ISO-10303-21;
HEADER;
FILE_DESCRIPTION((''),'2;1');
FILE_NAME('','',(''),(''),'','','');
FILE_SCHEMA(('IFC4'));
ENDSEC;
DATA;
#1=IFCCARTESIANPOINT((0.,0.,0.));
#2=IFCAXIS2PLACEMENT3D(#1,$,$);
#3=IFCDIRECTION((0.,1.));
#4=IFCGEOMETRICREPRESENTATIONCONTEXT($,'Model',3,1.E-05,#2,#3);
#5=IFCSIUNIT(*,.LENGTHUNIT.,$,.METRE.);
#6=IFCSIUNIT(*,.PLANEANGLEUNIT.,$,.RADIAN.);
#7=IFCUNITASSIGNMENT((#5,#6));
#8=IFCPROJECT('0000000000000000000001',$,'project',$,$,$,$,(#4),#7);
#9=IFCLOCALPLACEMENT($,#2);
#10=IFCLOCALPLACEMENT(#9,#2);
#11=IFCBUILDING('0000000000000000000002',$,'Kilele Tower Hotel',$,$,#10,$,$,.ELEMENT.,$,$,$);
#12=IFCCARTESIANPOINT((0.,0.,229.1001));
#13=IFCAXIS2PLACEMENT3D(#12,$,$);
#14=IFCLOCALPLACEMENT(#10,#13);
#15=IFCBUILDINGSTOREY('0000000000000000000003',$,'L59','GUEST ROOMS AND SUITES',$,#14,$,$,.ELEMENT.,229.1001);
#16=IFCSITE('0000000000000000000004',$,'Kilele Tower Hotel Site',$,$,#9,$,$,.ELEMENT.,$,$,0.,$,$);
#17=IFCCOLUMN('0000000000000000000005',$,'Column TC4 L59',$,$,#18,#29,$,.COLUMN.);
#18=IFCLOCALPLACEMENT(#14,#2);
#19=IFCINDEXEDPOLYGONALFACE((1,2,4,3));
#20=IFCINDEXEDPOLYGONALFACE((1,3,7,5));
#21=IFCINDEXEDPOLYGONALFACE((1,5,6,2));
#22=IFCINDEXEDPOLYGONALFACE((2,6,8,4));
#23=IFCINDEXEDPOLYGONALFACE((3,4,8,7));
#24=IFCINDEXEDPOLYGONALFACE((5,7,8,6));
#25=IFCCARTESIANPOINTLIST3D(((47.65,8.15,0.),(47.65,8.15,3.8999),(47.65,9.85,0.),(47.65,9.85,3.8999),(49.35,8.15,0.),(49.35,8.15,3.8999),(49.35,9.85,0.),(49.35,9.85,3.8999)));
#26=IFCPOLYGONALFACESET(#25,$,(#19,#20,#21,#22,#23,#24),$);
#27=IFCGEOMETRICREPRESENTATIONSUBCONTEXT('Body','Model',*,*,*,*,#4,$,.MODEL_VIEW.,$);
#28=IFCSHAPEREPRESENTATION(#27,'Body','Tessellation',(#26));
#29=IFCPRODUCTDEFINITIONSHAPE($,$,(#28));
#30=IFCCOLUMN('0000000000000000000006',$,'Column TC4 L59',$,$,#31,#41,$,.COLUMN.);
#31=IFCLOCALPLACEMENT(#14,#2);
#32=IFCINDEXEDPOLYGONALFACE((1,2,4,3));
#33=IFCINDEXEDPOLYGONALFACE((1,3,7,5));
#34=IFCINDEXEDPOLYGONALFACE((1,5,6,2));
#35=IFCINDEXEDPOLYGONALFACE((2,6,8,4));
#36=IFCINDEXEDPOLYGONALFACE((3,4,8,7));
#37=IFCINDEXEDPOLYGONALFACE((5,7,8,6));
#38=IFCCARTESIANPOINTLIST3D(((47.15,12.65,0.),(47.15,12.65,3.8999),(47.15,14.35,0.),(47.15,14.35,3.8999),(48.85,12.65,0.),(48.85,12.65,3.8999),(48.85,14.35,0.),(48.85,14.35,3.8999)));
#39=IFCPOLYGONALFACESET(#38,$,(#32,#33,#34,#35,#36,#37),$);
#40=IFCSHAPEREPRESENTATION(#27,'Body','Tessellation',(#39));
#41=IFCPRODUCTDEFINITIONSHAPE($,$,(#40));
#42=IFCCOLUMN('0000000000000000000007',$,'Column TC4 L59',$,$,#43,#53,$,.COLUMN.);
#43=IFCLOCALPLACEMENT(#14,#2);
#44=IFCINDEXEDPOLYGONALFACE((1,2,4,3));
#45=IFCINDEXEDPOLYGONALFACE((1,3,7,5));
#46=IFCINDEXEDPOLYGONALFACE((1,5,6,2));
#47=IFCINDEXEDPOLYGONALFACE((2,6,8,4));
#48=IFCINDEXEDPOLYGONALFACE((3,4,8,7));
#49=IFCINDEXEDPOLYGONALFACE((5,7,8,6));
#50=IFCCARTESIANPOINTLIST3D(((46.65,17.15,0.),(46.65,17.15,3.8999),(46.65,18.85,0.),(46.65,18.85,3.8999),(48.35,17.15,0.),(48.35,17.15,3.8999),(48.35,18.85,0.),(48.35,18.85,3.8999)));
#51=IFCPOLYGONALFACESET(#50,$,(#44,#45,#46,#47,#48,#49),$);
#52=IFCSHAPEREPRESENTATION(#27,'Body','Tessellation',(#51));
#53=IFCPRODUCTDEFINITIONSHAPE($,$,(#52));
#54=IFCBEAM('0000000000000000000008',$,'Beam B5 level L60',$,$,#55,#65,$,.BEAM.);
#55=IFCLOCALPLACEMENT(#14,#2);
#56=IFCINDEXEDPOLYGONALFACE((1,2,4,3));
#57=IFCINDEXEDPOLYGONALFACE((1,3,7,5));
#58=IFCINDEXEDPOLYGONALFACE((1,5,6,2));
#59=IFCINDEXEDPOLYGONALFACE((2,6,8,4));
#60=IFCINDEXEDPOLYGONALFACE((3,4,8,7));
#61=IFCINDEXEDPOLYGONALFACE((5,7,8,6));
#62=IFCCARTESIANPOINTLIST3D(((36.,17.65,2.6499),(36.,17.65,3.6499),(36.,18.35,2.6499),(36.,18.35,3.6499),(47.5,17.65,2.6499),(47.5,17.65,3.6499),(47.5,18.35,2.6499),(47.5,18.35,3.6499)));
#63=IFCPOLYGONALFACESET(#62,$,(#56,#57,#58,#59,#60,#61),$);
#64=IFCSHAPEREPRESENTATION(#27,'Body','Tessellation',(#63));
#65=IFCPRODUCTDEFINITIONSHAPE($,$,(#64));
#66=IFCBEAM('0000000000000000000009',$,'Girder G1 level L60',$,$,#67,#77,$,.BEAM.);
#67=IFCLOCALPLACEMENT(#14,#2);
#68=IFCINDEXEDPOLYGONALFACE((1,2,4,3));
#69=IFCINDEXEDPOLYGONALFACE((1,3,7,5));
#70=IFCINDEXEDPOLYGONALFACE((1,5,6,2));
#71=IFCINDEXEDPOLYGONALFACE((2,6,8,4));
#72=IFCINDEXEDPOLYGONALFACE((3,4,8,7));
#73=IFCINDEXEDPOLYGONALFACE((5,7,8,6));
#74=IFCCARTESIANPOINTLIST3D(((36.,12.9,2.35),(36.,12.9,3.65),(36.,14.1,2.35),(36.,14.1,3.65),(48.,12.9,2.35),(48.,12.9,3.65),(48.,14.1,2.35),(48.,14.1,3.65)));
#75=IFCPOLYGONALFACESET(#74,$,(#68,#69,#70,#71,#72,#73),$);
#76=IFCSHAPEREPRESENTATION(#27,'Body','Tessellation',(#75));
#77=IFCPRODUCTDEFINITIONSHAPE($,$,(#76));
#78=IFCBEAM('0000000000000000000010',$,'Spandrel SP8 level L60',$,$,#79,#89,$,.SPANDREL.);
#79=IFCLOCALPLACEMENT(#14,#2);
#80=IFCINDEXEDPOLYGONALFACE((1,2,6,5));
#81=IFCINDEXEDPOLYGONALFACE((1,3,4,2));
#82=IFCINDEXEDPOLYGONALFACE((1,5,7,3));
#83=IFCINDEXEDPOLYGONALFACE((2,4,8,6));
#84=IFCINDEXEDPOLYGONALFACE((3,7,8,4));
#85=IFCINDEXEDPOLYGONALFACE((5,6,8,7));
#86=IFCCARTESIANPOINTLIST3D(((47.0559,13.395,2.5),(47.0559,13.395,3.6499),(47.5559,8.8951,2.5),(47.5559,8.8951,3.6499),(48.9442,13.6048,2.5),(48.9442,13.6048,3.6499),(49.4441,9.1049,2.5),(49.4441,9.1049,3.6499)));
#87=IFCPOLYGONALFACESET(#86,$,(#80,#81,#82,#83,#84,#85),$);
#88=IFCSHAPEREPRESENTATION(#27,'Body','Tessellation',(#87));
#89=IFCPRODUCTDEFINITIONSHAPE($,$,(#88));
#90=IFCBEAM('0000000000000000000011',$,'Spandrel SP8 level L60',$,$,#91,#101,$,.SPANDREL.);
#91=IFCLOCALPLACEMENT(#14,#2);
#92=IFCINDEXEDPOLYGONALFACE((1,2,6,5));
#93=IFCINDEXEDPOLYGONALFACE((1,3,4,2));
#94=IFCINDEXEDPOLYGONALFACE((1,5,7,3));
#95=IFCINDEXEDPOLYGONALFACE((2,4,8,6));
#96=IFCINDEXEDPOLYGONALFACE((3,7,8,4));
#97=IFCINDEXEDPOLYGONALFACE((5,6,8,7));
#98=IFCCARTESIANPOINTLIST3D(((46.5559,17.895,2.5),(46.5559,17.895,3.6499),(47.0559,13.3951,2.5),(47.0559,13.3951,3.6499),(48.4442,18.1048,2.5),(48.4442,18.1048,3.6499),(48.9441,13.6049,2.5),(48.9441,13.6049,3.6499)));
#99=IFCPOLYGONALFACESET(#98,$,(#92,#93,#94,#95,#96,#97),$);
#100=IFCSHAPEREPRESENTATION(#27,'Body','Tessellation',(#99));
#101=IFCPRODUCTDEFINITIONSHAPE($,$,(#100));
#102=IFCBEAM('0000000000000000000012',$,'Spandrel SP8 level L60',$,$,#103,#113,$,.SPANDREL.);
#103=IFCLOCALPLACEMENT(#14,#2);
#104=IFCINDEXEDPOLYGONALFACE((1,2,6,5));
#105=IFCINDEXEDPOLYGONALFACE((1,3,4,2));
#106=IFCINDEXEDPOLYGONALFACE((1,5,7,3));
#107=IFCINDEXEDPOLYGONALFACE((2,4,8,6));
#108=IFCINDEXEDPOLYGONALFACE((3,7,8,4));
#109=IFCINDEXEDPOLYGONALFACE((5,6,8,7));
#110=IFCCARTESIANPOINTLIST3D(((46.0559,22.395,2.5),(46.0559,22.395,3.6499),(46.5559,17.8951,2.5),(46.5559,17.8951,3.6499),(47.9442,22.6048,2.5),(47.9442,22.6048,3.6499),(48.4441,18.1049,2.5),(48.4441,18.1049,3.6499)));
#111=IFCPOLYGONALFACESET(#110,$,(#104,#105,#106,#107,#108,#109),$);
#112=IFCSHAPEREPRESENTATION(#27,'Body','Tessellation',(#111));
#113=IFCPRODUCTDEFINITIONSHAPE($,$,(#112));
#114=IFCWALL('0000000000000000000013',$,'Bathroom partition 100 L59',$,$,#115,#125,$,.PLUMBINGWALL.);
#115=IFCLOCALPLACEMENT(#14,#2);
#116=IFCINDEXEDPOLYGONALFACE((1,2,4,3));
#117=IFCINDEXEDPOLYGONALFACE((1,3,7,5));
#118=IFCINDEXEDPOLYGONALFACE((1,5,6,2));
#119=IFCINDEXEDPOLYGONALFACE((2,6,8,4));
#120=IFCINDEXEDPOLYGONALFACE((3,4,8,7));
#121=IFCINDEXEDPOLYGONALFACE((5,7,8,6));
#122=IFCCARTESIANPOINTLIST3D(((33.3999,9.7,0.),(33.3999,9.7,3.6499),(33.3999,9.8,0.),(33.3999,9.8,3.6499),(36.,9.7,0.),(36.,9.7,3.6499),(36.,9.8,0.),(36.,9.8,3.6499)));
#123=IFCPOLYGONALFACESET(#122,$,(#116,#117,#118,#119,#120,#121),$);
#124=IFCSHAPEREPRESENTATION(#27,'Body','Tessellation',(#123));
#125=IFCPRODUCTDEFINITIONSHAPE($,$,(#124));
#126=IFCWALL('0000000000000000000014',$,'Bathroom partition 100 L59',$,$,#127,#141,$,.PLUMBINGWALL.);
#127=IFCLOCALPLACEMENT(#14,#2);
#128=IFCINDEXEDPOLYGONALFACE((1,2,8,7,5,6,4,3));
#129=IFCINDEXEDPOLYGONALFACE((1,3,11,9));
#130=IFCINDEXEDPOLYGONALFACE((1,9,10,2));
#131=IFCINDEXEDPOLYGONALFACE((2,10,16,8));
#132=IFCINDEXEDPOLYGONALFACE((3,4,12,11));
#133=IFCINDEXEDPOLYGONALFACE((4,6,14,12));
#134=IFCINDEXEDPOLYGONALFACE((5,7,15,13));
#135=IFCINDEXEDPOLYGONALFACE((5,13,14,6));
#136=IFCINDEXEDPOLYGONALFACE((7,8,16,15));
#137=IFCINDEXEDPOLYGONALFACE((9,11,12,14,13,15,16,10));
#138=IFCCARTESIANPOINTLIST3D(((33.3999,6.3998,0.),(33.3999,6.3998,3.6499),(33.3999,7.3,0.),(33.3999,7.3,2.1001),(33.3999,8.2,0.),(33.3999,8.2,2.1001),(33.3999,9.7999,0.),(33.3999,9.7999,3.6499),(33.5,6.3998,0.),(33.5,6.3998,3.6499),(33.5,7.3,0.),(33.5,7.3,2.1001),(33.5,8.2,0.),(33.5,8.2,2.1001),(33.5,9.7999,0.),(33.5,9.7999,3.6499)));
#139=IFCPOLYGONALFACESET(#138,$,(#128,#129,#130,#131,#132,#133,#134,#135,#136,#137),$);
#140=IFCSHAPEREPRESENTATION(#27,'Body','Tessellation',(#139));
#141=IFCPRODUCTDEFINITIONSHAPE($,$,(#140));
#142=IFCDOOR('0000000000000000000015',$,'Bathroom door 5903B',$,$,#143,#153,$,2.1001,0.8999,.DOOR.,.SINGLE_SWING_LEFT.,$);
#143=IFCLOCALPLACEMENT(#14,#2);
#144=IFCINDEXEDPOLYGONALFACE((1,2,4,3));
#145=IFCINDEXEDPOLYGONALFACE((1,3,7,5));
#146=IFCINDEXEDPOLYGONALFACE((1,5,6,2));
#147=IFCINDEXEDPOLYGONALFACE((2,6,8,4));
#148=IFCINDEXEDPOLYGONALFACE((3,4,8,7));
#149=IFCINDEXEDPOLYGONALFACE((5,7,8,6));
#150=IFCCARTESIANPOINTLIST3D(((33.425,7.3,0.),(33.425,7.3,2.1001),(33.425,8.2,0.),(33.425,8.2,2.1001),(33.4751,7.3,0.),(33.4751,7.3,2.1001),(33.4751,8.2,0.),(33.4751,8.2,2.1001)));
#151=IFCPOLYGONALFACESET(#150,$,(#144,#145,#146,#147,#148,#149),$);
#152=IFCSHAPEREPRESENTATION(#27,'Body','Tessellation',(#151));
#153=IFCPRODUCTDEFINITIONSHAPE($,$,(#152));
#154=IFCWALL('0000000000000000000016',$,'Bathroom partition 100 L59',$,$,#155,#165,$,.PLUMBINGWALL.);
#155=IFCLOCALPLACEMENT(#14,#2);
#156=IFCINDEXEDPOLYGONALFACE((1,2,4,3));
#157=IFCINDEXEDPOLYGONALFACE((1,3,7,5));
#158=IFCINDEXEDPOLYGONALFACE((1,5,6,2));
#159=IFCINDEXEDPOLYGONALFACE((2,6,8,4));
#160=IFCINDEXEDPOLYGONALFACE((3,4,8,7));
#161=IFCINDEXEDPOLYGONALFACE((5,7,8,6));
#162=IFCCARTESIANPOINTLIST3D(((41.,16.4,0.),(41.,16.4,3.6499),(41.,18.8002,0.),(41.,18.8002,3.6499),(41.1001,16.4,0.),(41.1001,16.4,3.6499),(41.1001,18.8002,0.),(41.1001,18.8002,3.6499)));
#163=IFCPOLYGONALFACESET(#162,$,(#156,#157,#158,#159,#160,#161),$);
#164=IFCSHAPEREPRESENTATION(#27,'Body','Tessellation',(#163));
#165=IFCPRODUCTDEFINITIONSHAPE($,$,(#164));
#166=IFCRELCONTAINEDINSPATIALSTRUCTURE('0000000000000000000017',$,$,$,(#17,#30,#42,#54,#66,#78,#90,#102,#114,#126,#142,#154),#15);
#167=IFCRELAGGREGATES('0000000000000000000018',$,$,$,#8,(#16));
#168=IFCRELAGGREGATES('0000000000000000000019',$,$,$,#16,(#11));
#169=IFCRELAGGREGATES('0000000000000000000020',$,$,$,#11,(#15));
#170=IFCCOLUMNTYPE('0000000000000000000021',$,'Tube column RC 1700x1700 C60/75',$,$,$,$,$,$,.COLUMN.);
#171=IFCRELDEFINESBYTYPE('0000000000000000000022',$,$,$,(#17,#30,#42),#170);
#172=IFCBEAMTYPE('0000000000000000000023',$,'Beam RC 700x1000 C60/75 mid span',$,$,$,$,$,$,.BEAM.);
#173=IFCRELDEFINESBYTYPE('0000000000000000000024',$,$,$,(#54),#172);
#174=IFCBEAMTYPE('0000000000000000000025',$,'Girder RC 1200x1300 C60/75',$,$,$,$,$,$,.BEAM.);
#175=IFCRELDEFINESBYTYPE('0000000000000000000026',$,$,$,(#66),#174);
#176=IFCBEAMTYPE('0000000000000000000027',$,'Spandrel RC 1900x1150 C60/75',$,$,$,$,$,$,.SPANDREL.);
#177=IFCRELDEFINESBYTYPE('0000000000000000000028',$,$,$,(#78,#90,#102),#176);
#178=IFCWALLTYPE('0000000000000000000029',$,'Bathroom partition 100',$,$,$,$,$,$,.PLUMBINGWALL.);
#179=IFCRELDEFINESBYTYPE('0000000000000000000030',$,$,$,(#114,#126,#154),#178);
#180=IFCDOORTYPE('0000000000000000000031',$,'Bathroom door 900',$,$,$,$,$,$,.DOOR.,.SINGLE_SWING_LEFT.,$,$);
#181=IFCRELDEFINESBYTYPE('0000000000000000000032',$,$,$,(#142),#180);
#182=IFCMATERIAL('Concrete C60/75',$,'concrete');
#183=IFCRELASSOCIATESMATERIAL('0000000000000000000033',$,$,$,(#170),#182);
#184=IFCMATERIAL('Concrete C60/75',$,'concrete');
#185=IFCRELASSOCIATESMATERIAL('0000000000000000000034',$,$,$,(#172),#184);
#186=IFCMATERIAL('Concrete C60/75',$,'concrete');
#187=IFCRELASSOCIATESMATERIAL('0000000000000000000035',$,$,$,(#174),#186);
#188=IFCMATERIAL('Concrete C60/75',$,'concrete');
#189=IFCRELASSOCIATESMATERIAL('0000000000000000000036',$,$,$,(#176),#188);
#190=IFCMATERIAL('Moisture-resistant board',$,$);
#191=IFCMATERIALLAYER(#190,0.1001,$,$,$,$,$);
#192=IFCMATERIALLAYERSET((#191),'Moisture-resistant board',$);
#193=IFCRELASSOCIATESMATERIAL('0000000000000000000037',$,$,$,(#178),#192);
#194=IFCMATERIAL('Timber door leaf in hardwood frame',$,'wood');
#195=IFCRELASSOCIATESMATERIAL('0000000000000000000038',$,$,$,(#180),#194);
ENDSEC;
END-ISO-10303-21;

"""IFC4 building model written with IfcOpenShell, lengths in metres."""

from ifc_helpers import new_model, si_unit, direction, frame, frame_2d, origin, origin_2d, place, context, subcontext, project, spatial, rectangle, extrude, material, layer, layer_set, material_profile, profile_set, type_object, element, fill, save


model = new_model("IFC4")

# Units and contexts
model_context = context("Model", 3, precision=1e-05, world=origin(), true_north=direction((0.0, 1.0)))
body_context = subcontext(model_context, "Body", "Model", "MODEL_VIEW")
ifc_project = project(units=[si_unit("LENGTHUNIT", "METRE"), si_unit("PLANEANGLEUNIT", "RADIAN")], contexts=[model_context])

# Site, building, storey
site_placement = place(None, origin())
site = spatial("IfcSite", under=ifc_project, at=site_placement, Name="Kilele Tower Hotel Site", CompositionType="ELEMENT", RefElevation=0.0)
building_placement = place(site_placement, origin())
building = spatial("IfcBuilding", under=site, at=building_placement, Name="Kilele Tower Hotel", CompositionType="ELEMENT")
storey_placement = place(building_placement, frame((0.0, 0.0, 229.1001)))
storey = spatial("IfcBuildingStorey", under=building, at=storey_placement, Name="L59", Description="GUEST ROOMS AND SUITES", CompositionType="ELEMENT", Elevation=229.1001)

# Columns
ifc_material_1 = material(Name="Concrete C60/75", Category="concrete")
ifc_material_profile_1 = material_profile(ifc_material_1, rectangle(XDim=1.7, YDim=1.7, at=origin_2d()))
ifc_profile_set_1 = profile_set([ifc_material_profile_1], Name="Concrete C60/75")
column_type = type_object("IfcColumnType", Name="Tube column RC 1700x1700 C60/75", PredefinedType="COLUMN", material=ifc_profile_set_1)
for number, where, z_axis, x_axis, name in (
    (1, (48.5, 9.0, 0.0), (0.0, 0.0, 1.0), (1.0, 0.0, 0.0), "Column TC4 L59"),
    (2, (48.0, 13.5, 0.0), (0.0, 0.0, 1.0), (1.0, 0.0, 0.0), "Column TC4 L59"),
    (3, (47.5, 18.0, 0.0), (0.0, 0.0, 1.0), (1.0, 0.0, 0.0), "Column TC4 L59"),
):
    element("IfcColumn", number, at=place(storey_placement, frame(where, z_axis=z_axis, x_axis=x_axis)), inside=storey, type_object=column_type, Name=name, PredefinedType="COLUMN", context=body_context, shape_type="SweptSolid", body=[
        extrude(rectangle(XDim=1.7, YDim=1.7, at=origin_2d()), origin(), (0.0, 0.0, 1.0), 3.8999),
    ])

# Beams
ifc_material_2 = material(Name="Concrete C60/75", Category="concrete")
ifc_material_profile_2 = material_profile(ifc_material_2, rectangle(XDim=0.7, YDim=1.0, at=origin_2d()))
ifc_profile_set_2 = profile_set([ifc_material_profile_2], Name="Concrete C60/75")
beam_type_1 = type_object("IfcBeamType", Name="Beam RC 700x1000 C60/75 mid span", PredefinedType="BEAM", material=ifc_profile_set_2)
beam_1_placement = place(storey_placement, frame((47.5, 18.0, 3.1499), z_axis=(-1.0, 0.0, 0.0), x_axis=(0.0, -1.0, 0.0)))
element("IfcBeam", 4, at=beam_1_placement, inside=storey, type_object=beam_type_1, Name="Beam B5 level L60", PredefinedType="BEAM", context=body_context, shape_type="SweptSolid", body=[
    extrude(rectangle(XDim=0.7, YDim=1.0, at=origin_2d()), origin(), (0.0, 0.0, 1.0), 11.5),
])
ifc_material_3 = material(Name="Concrete C60/75", Category="concrete")
ifc_material_profile_3 = material_profile(ifc_material_3, rectangle(XDim=1.2, YDim=1.3, at=origin_2d()))
ifc_profile_set_3 = profile_set([ifc_material_profile_3], Name="Concrete C60/75")
beam_type_2 = type_object("IfcBeamType", Name="Girder RC 1200x1300 C60/75", PredefinedType="BEAM", material=ifc_profile_set_3)
beam_2_placement = place(storey_placement, frame((48.0, 13.5, 3.0), z_axis=(-1.0, 0.0, 0.0), x_axis=(0.0, -1.0, 0.0)))
element("IfcBeam", 5, at=beam_2_placement, inside=storey, type_object=beam_type_2, Name="Girder G1 level L60", PredefinedType="BEAM", context=body_context, shape_type="SweptSolid", body=[
    extrude(rectangle(XDim=1.2, YDim=1.3, at=origin_2d()), origin(), (0.0, 0.0, 1.0), 12.0),
])
ifc_material_4 = material(Name="Concrete C60/75", Category="concrete")
ifc_material_profile_4 = material_profile(ifc_material_4, rectangle(XDim=1.8999, YDim=1.1499, at=origin_2d()))
ifc_profile_set_4 = profile_set([ifc_material_profile_4], Name="Concrete C60/75")
beam_type_3 = type_object("IfcBeamType", Name="Spandrel RC 1900x1150 C60/75", PredefinedType="SPANDREL", material=ifc_profile_set_4)
for number, where, z_axis, x_axis, name in (
    (6, (48.5, 9.0, 3.075), (-0.110432, 0.993884, 0.0), (-0.993884, -0.110432, 0.0), "Spandrel SP8 level L60"),
    (7, (48.0, 13.5, 3.075), (-0.110432, 0.993884, 0.0), (-0.993884, -0.110432, 0.0), "Spandrel SP8 level L60"),
    (8, (47.5, 18.0, 3.075), (-0.110432, 0.993884, 0.0), (-0.993884, -0.110432, 0.0), "Spandrel SP8 level L60"),
):
    element("IfcBeam", number, at=place(storey_placement, frame(where, z_axis=z_axis, x_axis=x_axis)), inside=storey, type_object=beam_type_3, Name=name, PredefinedType="SPANDREL", context=body_context, shape_type="SweptSolid", body=[
        extrude(rectangle(XDim=1.8999, YDim=1.1499, at=origin_2d()), origin(), (0.0, 0.0, 1.0), 4.5276),
    ])

# Wall
ifc_material_5 = material(Name="Moisture-resistant board")
ifc_layer_1 = layer(ifc_material_5, 0.1001)
ifc_layer_set_1 = layer_set([ifc_layer_1], Name="Moisture-resistant board")
wall_type_1 = type_object("IfcWallType", Name="Bathroom partition 100", PredefinedType="PLUMBINGWALL", material=ifc_layer_set_1)
wall_1_placement = place(storey_placement, frame((33.3999, 9.75, 0.0), z_axis=(0.0, 0.0, 1.0), x_axis=(1.0, 0.0, 0.0)))
element("IfcWall", 9, at=wall_1_placement, inside=storey, type_object=wall_type_1, Name="Bathroom partition 100 L59", PredefinedType="PLUMBINGWALL", context=body_context, shape_type="SweptSolid", body=[
    extrude(rectangle(XDim=2.6001, YDim=0.1001, at=frame_2d((1.3, 0.0))), origin(), (0.0, 0.0, 1.0), 3.6499),
])

# Wall, opening, door
wall_2_placement = place(storey_placement, frame((33.45, 9.8, 0.0), z_axis=(0.0, 0.0, 1.0), x_axis=(0.0, -1.0, 0.0)))
wall_2 = element("IfcWall", 10, at=wall_2_placement, inside=storey, type_object=wall_type_1, Name="Bathroom partition 100 L59", PredefinedType="PLUMBINGWALL", context=body_context, shape_type="SweptSolid", body=[
    extrude(rectangle(XDim=3.4001, YDim=0.1001, at=frame_2d((1.7002, 0.0))), origin(), (0.0, 0.0, 1.0), 3.6499),
])
opening_1_placement = place(wall_2_placement, frame((2.5, 0.0, 0.0), z_axis=(0.0, 0.0, 1.0), x_axis=(-1.0, 0.0, 0.0)))
opening_1 = element("IfcOpeningElement", 11, at=opening_1_placement, cuts=wall_2, PredefinedType="OPENING", context=body_context, shape_type="SweptSolid", body=[
    extrude(rectangle(XDim=0.8999, YDim=2.1001, at=frame_2d((0.45, 1.05))), frame((0.0, 0.0601, 0.0), z_axis=(0.0, -1.0, 0.0), x_axis=(1.0, 0.0, 0.0)), (0.0, 0.0, 1.0), 0.1201),
])
ifc_material_6 = material(Name="Timber door leaf in hardwood frame", Category="wood")
door_type_1 = type_object("IfcDoorType", Name="Bathroom door 900", OperationType="SINGLE_SWING_LEFT", PredefinedType="DOOR", material=ifc_material_6)
door_1_placement = place(opening_1_placement, origin())
door_1 = element("IfcDoor", 12, at=door_1_placement, inside=storey, type_object=door_type_1, Name="Bathroom door 5903B", OperationType="SINGLE_SWING_LEFT", OverallHeight=2.1001, OverallWidth=0.8999, PredefinedType="DOOR", context=body_context, shape_type="SweptSolid", body=[
    extrude(rectangle(XDim=0.8999, YDim=2.1001, at=frame_2d((0.45, 1.05))), frame((0.0, 0.0249, 0.0), z_axis=(0.0, -1.0, 0.0), x_axis=(1.0, 0.0, 0.0)), (0.0, 0.0, 1.0), 0.05),
])
fill(opening_1, door_1)

# Wall
wall_3_placement = place(storey_placement, frame((41.05, 16.3999, 0.0), z_axis=(0.0, 0.0, 1.0), x_axis=(0.0, 1.0, 0.0)))
element("IfcWall", 13, at=wall_3_placement, inside=storey, type_object=wall_type_1, Name="Bathroom partition 100 L59", PredefinedType="PLUMBINGWALL", context=body_context, shape_type="SweptSolid", body=[
    extrude(rectangle(XDim=2.4001, YDim=0.1001, at=frame_2d((1.2002, 0.0))), origin(), (0.0, 0.0, 1.0), 3.6499),
])

save(model, "model.ifc")
